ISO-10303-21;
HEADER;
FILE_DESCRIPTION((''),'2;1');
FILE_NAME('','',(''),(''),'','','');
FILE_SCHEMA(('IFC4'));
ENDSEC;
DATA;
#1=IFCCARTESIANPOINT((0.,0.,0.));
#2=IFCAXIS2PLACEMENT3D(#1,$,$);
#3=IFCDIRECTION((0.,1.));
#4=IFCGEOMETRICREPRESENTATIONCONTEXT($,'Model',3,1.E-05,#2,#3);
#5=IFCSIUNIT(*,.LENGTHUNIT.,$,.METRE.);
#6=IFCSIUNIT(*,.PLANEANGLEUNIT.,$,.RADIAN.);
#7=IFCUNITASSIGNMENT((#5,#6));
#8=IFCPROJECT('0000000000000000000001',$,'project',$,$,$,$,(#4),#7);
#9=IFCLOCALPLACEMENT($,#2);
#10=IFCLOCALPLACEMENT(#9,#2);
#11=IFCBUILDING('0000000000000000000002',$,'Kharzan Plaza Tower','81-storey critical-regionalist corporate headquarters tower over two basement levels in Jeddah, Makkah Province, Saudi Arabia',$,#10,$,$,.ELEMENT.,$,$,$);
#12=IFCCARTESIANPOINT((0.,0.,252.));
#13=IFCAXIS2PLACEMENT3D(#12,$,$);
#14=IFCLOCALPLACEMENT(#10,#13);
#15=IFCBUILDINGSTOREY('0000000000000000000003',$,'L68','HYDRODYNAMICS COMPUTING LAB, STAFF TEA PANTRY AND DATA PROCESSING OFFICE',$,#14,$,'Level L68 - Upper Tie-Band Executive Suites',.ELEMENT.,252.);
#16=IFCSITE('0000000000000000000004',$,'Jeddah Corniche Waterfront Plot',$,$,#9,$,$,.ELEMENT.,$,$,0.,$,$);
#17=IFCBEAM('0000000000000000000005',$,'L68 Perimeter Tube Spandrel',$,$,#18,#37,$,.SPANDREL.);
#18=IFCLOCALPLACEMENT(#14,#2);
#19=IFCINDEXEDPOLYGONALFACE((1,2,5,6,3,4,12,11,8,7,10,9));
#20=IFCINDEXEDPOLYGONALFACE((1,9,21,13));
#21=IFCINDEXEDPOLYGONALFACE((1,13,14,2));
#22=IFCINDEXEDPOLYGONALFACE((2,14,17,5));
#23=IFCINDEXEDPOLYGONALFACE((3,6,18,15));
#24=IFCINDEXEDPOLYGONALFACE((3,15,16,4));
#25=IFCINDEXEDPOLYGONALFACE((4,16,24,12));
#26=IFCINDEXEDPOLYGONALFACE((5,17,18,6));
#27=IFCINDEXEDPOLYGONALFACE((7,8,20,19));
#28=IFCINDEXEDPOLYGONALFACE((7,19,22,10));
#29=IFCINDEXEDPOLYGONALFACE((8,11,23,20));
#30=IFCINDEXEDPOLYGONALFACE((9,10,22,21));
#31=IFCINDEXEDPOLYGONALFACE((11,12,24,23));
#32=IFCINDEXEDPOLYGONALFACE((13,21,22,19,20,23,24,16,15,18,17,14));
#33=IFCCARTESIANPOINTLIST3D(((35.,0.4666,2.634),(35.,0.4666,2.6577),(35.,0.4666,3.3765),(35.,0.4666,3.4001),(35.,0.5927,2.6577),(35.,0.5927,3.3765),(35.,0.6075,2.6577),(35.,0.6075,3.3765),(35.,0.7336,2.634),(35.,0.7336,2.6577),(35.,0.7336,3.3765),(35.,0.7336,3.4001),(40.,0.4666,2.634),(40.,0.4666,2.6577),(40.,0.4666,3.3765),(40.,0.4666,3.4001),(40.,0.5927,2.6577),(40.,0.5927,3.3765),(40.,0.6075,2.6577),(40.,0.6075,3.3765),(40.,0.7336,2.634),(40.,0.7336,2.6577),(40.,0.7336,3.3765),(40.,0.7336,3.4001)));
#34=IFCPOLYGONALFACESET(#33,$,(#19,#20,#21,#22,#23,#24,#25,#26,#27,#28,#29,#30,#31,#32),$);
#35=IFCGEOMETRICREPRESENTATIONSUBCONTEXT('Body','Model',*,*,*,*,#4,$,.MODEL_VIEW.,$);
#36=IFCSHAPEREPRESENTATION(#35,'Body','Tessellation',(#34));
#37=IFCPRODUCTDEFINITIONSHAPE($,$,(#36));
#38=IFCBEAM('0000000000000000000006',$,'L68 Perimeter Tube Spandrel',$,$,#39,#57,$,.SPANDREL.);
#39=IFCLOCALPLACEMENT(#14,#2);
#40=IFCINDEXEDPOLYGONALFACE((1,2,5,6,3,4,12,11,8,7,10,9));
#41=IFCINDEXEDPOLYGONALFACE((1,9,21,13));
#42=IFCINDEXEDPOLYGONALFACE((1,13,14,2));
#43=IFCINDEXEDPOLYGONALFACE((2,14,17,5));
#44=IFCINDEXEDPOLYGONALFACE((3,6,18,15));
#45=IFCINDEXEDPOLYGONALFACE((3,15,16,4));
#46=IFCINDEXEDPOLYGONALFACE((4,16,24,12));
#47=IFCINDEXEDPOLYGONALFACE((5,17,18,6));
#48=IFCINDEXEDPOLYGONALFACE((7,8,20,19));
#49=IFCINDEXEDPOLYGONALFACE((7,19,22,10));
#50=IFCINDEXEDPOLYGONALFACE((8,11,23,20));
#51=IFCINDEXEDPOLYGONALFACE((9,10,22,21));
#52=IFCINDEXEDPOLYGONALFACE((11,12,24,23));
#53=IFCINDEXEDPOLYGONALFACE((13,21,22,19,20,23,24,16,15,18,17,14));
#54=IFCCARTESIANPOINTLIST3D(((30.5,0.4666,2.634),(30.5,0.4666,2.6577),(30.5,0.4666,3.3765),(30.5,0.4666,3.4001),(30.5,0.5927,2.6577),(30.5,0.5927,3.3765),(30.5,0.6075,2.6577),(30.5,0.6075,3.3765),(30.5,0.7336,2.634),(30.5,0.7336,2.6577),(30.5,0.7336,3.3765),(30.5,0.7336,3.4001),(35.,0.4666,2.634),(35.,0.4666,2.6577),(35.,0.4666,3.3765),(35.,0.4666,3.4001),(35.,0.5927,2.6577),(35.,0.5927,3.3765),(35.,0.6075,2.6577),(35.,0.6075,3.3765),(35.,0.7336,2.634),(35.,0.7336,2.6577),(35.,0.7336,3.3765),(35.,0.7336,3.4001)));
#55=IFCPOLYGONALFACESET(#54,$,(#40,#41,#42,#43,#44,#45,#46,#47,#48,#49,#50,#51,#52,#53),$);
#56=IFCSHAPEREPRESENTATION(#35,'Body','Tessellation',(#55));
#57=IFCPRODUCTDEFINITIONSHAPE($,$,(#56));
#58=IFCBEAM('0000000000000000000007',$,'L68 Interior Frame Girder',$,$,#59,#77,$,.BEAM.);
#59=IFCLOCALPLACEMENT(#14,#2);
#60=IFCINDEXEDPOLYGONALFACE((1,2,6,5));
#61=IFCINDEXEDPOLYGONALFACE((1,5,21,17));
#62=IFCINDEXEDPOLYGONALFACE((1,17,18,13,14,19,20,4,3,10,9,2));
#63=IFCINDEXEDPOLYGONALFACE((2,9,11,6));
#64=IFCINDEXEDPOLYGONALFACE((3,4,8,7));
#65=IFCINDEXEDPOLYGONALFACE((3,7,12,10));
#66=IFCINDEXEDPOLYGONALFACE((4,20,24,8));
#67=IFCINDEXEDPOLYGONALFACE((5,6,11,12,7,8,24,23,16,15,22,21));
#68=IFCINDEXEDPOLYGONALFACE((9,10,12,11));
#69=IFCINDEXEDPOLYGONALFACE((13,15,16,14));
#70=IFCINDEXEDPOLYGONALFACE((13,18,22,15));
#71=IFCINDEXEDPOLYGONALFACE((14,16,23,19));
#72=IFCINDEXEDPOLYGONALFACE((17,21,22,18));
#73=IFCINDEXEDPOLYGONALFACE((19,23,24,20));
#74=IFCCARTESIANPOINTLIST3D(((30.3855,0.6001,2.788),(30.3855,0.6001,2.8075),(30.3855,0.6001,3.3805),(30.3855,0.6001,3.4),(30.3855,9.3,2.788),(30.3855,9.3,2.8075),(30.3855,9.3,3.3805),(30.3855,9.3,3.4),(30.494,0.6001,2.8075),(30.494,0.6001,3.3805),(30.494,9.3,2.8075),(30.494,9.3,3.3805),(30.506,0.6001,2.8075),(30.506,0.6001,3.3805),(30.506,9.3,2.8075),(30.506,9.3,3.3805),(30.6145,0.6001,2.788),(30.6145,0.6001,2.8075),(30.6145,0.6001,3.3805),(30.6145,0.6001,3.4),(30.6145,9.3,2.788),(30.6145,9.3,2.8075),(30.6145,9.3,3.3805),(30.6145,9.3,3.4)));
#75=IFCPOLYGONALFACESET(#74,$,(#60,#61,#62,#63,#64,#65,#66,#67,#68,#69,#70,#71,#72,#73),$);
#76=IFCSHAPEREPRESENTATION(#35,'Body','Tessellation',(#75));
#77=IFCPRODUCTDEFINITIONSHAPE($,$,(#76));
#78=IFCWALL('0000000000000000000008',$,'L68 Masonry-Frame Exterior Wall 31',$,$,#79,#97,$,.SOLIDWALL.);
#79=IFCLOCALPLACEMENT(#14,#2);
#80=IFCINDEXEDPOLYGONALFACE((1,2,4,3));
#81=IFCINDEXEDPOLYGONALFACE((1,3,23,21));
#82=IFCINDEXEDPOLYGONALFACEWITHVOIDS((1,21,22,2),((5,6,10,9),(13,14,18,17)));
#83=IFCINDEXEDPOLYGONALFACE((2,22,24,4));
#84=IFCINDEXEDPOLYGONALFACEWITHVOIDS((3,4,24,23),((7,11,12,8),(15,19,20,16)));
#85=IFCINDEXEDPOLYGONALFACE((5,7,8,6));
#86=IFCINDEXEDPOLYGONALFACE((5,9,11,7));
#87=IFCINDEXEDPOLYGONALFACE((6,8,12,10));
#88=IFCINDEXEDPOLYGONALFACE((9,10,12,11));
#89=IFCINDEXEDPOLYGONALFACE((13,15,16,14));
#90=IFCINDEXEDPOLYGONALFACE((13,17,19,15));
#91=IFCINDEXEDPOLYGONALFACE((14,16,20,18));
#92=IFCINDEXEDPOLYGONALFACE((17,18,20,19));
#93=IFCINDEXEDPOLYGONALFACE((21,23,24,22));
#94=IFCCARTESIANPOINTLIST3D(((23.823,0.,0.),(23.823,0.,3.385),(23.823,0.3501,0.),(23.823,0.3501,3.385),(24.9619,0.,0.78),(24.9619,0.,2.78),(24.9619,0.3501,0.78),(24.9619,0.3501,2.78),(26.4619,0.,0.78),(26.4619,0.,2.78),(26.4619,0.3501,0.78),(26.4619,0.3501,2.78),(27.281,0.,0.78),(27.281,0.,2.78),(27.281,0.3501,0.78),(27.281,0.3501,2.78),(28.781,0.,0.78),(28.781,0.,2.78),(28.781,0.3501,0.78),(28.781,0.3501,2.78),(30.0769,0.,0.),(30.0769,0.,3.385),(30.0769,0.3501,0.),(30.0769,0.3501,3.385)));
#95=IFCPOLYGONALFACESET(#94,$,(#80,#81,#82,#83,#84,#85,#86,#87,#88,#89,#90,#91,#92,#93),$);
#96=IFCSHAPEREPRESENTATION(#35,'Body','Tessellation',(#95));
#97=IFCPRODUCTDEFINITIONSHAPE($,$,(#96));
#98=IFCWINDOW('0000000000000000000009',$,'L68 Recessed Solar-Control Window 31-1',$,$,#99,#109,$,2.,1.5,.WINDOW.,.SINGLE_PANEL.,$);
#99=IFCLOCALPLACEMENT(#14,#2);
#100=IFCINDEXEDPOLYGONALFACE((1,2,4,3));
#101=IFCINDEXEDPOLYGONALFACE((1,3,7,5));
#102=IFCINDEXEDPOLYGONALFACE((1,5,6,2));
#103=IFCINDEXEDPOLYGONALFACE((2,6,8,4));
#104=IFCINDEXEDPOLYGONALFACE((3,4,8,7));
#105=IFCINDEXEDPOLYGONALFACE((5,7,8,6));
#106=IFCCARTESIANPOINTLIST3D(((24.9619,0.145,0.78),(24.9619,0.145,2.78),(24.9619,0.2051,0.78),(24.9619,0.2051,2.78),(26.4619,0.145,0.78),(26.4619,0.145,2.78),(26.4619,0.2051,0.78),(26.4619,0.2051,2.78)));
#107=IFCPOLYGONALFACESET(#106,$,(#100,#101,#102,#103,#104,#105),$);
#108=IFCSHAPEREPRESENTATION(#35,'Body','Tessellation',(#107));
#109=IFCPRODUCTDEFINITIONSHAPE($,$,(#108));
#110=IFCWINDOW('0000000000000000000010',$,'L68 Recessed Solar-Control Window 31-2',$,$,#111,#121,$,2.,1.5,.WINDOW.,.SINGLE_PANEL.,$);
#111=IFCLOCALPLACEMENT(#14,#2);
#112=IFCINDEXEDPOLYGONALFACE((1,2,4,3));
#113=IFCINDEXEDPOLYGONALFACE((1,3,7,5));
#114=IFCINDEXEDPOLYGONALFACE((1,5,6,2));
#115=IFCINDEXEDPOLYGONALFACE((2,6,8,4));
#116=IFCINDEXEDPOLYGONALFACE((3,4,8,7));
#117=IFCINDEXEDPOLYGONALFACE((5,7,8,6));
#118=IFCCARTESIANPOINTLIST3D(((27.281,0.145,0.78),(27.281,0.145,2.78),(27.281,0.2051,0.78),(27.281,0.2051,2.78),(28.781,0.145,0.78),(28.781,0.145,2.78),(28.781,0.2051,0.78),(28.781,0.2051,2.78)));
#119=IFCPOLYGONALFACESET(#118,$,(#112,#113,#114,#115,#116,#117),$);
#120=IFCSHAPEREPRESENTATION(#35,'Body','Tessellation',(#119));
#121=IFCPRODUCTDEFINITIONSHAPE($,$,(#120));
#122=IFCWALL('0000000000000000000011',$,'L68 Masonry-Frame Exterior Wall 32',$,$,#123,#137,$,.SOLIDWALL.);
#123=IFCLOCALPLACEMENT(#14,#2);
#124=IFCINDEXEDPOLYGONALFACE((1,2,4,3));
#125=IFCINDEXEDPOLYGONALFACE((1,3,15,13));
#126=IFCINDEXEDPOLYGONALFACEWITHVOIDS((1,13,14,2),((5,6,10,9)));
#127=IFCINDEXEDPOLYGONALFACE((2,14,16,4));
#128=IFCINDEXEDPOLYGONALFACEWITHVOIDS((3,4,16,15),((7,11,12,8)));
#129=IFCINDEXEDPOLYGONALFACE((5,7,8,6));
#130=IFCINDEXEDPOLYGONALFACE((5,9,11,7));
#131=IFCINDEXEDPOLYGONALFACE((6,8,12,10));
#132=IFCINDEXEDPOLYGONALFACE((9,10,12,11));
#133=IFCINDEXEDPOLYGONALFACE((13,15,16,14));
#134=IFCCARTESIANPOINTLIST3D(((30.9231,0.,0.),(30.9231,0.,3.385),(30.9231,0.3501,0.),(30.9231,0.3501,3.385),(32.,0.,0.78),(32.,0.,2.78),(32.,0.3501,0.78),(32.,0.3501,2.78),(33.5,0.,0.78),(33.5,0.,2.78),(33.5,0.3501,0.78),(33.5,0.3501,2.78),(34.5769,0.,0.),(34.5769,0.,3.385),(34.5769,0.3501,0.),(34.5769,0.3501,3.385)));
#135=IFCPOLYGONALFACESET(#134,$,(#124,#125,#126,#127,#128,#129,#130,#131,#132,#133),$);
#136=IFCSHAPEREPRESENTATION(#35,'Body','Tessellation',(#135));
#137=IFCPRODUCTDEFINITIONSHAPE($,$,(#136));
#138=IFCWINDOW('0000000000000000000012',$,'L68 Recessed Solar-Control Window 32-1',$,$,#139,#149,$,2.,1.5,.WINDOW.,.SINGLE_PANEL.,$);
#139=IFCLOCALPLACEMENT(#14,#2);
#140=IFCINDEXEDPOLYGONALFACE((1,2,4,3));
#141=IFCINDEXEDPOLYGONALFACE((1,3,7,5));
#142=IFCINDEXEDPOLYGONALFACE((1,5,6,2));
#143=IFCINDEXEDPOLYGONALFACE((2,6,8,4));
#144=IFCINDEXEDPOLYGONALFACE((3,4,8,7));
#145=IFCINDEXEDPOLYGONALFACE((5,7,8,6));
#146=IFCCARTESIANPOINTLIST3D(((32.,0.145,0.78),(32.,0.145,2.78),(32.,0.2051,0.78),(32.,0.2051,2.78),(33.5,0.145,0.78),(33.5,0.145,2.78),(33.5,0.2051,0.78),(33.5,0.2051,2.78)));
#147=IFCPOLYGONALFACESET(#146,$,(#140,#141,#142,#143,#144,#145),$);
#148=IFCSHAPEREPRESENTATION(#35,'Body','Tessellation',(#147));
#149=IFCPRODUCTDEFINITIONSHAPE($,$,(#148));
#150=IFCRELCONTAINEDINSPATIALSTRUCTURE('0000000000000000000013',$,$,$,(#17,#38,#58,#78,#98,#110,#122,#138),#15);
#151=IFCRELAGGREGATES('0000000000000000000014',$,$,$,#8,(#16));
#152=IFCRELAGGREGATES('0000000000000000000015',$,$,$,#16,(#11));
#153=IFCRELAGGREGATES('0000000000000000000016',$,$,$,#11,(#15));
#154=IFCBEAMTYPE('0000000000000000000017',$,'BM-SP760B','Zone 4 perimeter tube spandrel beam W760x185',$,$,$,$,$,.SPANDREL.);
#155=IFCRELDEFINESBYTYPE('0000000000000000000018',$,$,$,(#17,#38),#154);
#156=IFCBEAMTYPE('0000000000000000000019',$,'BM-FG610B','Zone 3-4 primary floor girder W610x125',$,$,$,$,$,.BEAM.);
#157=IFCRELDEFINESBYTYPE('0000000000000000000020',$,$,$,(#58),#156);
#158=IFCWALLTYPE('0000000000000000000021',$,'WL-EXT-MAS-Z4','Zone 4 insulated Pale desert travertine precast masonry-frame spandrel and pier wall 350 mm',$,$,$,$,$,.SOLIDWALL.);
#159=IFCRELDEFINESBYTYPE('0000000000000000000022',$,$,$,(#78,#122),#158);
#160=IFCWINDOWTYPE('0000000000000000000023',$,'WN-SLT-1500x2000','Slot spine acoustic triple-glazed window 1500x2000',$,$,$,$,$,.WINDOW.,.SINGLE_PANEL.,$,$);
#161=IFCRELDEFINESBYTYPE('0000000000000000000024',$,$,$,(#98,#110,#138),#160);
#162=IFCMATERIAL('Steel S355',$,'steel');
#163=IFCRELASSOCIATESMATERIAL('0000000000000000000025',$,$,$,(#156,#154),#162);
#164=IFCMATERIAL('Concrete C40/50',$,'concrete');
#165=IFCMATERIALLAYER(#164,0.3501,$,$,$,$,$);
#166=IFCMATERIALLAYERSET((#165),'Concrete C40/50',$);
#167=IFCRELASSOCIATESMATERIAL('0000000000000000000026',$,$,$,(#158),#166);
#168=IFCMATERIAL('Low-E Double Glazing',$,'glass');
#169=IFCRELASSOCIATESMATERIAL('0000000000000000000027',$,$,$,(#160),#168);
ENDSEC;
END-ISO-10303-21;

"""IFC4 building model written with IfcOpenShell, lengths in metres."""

from ifc_helpers import new_model, si_unit, direction, frame, frame_2d, origin, origin_2d, place, context, subcontext, project, spatial, rectangle, i_section, extrude, source, transform, mapped, material, layer, layer_set, material_profile, profile_set, type_object, element, fill, save


model = new_model("IFC4")

# Units and contexts
model_context = context("Model", 3, precision=1e-05, world=origin(), true_north=direction((0.0, 1.0)))
body_context = subcontext(model_context, "Body", "Model", "MODEL_VIEW")
ifc_project = project(units=[si_unit("LENGTHUNIT", "METRE"), si_unit("PLANEANGLEUNIT", "RADIAN")], contexts=[model_context])

# Site, building, storey
site_placement = place(None, origin())
site = spatial("IfcSite", under=ifc_project, at=site_placement, Name="Jeddah Corniche Waterfront Plot", CompositionType="ELEMENT", RefElevation=0.0)
building_placement = place(site_placement, origin())
building = spatial("IfcBuilding", under=site, at=building_placement, Name="Kharzan Plaza Tower", Description="81-storey critical-regionalist corporate headquarters tower over two basement levels in Jeddah, Makkah Province, Saudi Arabia", CompositionType="ELEMENT")
storey_placement = place(building_placement, frame((0.0, 0.0, 252.0)))
storey = spatial("IfcBuildingStorey", under=building, at=storey_placement, Name="L68", Description="HYDRODYNAMICS COMPUTING LAB, STAFF TEA PANTRY AND DATA PROCESSING OFFICE", LongName="Level L68 - Upper Tie-Band Executive Suites", CompositionType="ELEMENT", Elevation=252.0)

# Beams
ifc_material_1 = material(Name="Steel S355", Category="steel")
ifc_material_profile_1 = material_profile(ifc_material_1, i_section(OverallWidth=0.229, OverallDepth=0.6121, WebThickness=0.012, FlangeThickness=0.0195, at=origin_2d()), Name="W610x125")
ifc_profile_set_1 = profile_set([ifc_material_profile_1], Name="Steel S355")
beam_type_1 = type_object("IfcBeamType", Name="BM-FG610B", Description="Zone 3-4 primary floor girder W610x125", PredefinedType="BEAM", material=ifc_profile_set_1)
ifc_material_profile_2 = material_profile(ifc_material_1, i_section(OverallWidth=0.2671, OverallDepth=0.7661, WebThickness=0.0149, FlangeThickness=0.0237, at=origin_2d()), Name="W760x185")
ifc_profile_set_2 = profile_set([ifc_material_profile_2], Name="Steel S355")
beam_type_2 = type_object("IfcBeamType", Name="BM-SP760B", Description="Zone 4 perimeter tube spandrel beam W760x185", PredefinedType="SPANDREL", material=ifc_profile_set_2)
shared_shape_1 = source(origin(), body_context, "Body", "SweptSolid", [
    extrude(i_section(OverallWidth=0.2671, OverallDepth=0.7661, WebThickness=0.0149, FlangeThickness=0.0237, at=origin_2d()), origin(), (0.0, 0.0, 1.0), 5.0),
])
beam_1_placement = place(storey_placement, frame((35.0, 0.6001, 3.0171), z_axis=(1.0, 0.0, 0.0), x_axis=(0.0, 1.0, 0.0)))
element("IfcBeam", 1, at=beam_1_placement, inside=storey, type_object=beam_type_2, Name="L68 Perimeter Tube Spandrel", PredefinedType="SPANDREL", context=body_context, shape_type="MappedRepresentation", body=[
    mapped(shared_shape_1, transform((0.0, 0.0, 0.0), x_axis=(1.0, 0.0, 0.0), y_axis=(0.0, 1.0, 0.0), z_axis=(0.0, 0.0, 1.0))),
])
shared_shape_2 = source(origin(), body_context, "Body", "SweptSolid", [
    extrude(i_section(OverallWidth=0.2671, OverallDepth=0.7661, WebThickness=0.0149, FlangeThickness=0.0237, at=origin_2d()), origin(), (0.0, 0.0, 1.0), 4.5),
])
beam_2_placement = place(storey_placement, frame((30.5, 0.6001, 3.0171), z_axis=(1.0, 0.0, 0.0), x_axis=(0.0, 1.0, 0.0)))
element("IfcBeam", 2, at=beam_2_placement, inside=storey, type_object=beam_type_2, Name="L68 Perimeter Tube Spandrel", PredefinedType="SPANDREL", context=body_context, shape_type="MappedRepresentation", body=[
    mapped(shared_shape_2, transform((0.0, 0.0, 0.0), x_axis=(1.0, 0.0, 0.0), y_axis=(0.0, 1.0, 0.0), z_axis=(0.0, 0.0, 1.0))),
])
shared_shape_3 = source(origin(), body_context, "Body", "SweptSolid", [
    extrude(i_section(OverallWidth=0.229, OverallDepth=0.6121, WebThickness=0.012, FlangeThickness=0.0195, at=origin_2d()), origin(), (0.0, 0.0, 1.0), 8.7),
])
beam_3_placement = place(storey_placement, frame((30.5, 0.6001, 3.094), z_axis=(0.0, 1.0, 0.0), x_axis=(-1.0, 0.0, 0.0)))
element("IfcBeam", 3, at=beam_3_placement, inside=storey, type_object=beam_type_1, Name="L68 Interior Frame Girder", PredefinedType="BEAM", context=body_context, shape_type="MappedRepresentation", body=[
    mapped(shared_shape_3, transform((0.0, 0.0, 0.0), x_axis=(1.0, 0.0, 0.0), y_axis=(0.0, 1.0, 0.0), z_axis=(0.0, 0.0, 1.0))),
])

# Wall, openings, windows
ifc_material_2 = material(Name="Concrete C40/50", Category="concrete")
ifc_layer_1 = layer(ifc_material_2, 0.3501)
ifc_layer_set_1 = layer_set([ifc_layer_1], Name="Concrete C40/50")
wall_type_1 = type_object("IfcWallType", Name="WL-EXT-MAS-Z4", Description="Zone 4 insulated Pale desert travertine precast masonry-frame spandrel and pier wall 350 mm", PredefinedType="SOLIDWALL", material=ifc_layer_set_1)
wall_1_placement = place(storey_placement, frame((23.823, 0.175, 0.0), z_axis=(0.0, 0.0, 1.0), x_axis=(1.0, 0.0, 0.0)))
wall_1 = element("IfcWall", 4, at=wall_1_placement, inside=storey, type_object=wall_type_1, Name="L68 Masonry-Frame Exterior Wall 31", PredefinedType="SOLIDWALL", context=body_context, shape_type="SweptSolid", body=[
    extrude(rectangle(XDim=6.2539, YDim=0.3501, at=frame_2d((3.127, 0.0))), origin(), (0.0, 0.0, 1.0), 3.385),
])
opening_1_placement = place(wall_1_placement, frame((1.1389, 0.0, 0.78)))
opening_1 = element("IfcOpeningElement", 5, at=opening_1_placement, cuts=wall_1, PredefinedType="OPENING", context=body_context, shape_type="SweptSolid", body=[
    extrude(rectangle(XDim=1.5, YDim=2.0, at=frame_2d((0.75, 1.0))), frame((0.0, 0.1851, 0.0), z_axis=(0.0, -1.0, 0.0), x_axis=(1.0, 0.0, 0.0)), (0.0, 0.0, 1.0), 0.3701),
])
opening_2_placement = place(wall_1_placement, frame((3.458, 0.0, 0.78)))
opening_2 = element("IfcOpeningElement", 6, at=opening_2_placement, cuts=wall_1, PredefinedType="OPENING", context=body_context, shape_type="SweptSolid", body=[
    extrude(rectangle(XDim=1.5, YDim=2.0, at=frame_2d((0.75, 1.0))), frame((0.0, 0.1851, 0.0), z_axis=(0.0, -1.0, 0.0), x_axis=(1.0, 0.0, 0.0)), (0.0, 0.0, 1.0), 0.3701),
])
ifc_material_3 = material(Name="Low-E Double Glazing", Category="glass")
window_type_1 = type_object("IfcWindowType", Name="WN-SLT-1500x2000", Description="Slot spine acoustic triple-glazed window 1500x2000", PartitioningType="SINGLE_PANEL", PredefinedType="WINDOW", material=ifc_material_3)
shared_shape_4 = source(origin(), body_context, "Body", "SweptSolid", [
    extrude(rectangle(XDim=1.5, YDim=2.0, at=frame_2d((0.75, 1.0))), frame((0.0, 0.03, 0.0), z_axis=(0.0, -1.0, 0.0), x_axis=(1.0, 0.0, 0.0)), (0.0, 0.0, 1.0), 0.0601),
])
window_1_placement = place(opening_1_placement, origin())
window_1 = element("IfcWindow", 7, at=window_1_placement, inside=storey, type_object=window_type_1, Name="L68 Recessed Solar-Control Window 31-1", OverallHeight=2.0, OverallWidth=1.5, PartitioningType="SINGLE_PANEL", PredefinedType="WINDOW", context=body_context, shape_type="MappedRepresentation", body=[
    mapped(shared_shape_4, transform((0.0, 0.0, 0.0), x_axis=(1.0, 0.0, 0.0), y_axis=(0.0, 1.0, 0.0), z_axis=(0.0, 0.0, 1.0))),
])
fill(opening_1, window_1)
window_2_placement = place(opening_2_placement, origin())
window_2 = element("IfcWindow", 8, at=window_2_placement, inside=storey, type_object=window_type_1, Name="L68 Recessed Solar-Control Window 31-2", OverallHeight=2.0, OverallWidth=1.5, PartitioningType="SINGLE_PANEL", PredefinedType="WINDOW", context=body_context, shape_type="MappedRepresentation", body=[
    mapped(shared_shape_4, transform((0.0, 0.0, 0.0), x_axis=(1.0, 0.0, 0.0), y_axis=(0.0, 1.0, 0.0), z_axis=(0.0, 0.0, 1.0))),
])
fill(opening_2, window_2)

# Wall, opening, window
wall_2_placement = place(storey_placement, frame((30.9231, 0.175, 0.0), z_axis=(0.0, 0.0, 1.0), x_axis=(1.0, 0.0, 0.0)))
wall_2 = element("IfcWall", 9, at=wall_2_placement, inside=storey, type_object=wall_type_1, Name="L68 Masonry-Frame Exterior Wall 32", PredefinedType="SOLIDWALL", context=body_context, shape_type="SweptSolid", body=[
    extrude(rectangle(XDim=3.6538, YDim=0.3501, at=frame_2d((1.8269, 0.0))), origin(), (0.0, 0.0, 1.0), 3.385),
])
opening_3_placement = place(wall_2_placement, frame((1.0769, 0.0, 0.78)))
opening_3 = element("IfcOpeningElement", 10, at=opening_3_placement, cuts=wall_2, PredefinedType="OPENING", context=body_context, shape_type="SweptSolid", body=[
    extrude(rectangle(XDim=1.5, YDim=2.0, at=frame_2d((0.75, 1.0))), frame((0.0, 0.1851, 0.0), z_axis=(0.0, -1.0, 0.0), x_axis=(1.0, 0.0, 0.0)), (0.0, 0.0, 1.0), 0.3701),
])
window_3_placement = place(opening_3_placement, origin())
window_3 = element("IfcWindow", 11, at=window_3_placement, inside=storey, type_object=window_type_1, Name="L68 Recessed Solar-Control Window 32-1", OverallHeight=2.0, OverallWidth=1.5, PartitioningType="SINGLE_PANEL", PredefinedType="WINDOW", context=body_context, shape_type="MappedRepresentation", body=[
    mapped(shared_shape_4, transform((0.0, 0.0, 0.0), x_axis=(1.0, 0.0, 0.0), y_axis=(0.0, 1.0, 0.0), z_axis=(0.0, 0.0, 1.0))),
])
fill(opening_3, window_3)

save(model, "model.ifc")
